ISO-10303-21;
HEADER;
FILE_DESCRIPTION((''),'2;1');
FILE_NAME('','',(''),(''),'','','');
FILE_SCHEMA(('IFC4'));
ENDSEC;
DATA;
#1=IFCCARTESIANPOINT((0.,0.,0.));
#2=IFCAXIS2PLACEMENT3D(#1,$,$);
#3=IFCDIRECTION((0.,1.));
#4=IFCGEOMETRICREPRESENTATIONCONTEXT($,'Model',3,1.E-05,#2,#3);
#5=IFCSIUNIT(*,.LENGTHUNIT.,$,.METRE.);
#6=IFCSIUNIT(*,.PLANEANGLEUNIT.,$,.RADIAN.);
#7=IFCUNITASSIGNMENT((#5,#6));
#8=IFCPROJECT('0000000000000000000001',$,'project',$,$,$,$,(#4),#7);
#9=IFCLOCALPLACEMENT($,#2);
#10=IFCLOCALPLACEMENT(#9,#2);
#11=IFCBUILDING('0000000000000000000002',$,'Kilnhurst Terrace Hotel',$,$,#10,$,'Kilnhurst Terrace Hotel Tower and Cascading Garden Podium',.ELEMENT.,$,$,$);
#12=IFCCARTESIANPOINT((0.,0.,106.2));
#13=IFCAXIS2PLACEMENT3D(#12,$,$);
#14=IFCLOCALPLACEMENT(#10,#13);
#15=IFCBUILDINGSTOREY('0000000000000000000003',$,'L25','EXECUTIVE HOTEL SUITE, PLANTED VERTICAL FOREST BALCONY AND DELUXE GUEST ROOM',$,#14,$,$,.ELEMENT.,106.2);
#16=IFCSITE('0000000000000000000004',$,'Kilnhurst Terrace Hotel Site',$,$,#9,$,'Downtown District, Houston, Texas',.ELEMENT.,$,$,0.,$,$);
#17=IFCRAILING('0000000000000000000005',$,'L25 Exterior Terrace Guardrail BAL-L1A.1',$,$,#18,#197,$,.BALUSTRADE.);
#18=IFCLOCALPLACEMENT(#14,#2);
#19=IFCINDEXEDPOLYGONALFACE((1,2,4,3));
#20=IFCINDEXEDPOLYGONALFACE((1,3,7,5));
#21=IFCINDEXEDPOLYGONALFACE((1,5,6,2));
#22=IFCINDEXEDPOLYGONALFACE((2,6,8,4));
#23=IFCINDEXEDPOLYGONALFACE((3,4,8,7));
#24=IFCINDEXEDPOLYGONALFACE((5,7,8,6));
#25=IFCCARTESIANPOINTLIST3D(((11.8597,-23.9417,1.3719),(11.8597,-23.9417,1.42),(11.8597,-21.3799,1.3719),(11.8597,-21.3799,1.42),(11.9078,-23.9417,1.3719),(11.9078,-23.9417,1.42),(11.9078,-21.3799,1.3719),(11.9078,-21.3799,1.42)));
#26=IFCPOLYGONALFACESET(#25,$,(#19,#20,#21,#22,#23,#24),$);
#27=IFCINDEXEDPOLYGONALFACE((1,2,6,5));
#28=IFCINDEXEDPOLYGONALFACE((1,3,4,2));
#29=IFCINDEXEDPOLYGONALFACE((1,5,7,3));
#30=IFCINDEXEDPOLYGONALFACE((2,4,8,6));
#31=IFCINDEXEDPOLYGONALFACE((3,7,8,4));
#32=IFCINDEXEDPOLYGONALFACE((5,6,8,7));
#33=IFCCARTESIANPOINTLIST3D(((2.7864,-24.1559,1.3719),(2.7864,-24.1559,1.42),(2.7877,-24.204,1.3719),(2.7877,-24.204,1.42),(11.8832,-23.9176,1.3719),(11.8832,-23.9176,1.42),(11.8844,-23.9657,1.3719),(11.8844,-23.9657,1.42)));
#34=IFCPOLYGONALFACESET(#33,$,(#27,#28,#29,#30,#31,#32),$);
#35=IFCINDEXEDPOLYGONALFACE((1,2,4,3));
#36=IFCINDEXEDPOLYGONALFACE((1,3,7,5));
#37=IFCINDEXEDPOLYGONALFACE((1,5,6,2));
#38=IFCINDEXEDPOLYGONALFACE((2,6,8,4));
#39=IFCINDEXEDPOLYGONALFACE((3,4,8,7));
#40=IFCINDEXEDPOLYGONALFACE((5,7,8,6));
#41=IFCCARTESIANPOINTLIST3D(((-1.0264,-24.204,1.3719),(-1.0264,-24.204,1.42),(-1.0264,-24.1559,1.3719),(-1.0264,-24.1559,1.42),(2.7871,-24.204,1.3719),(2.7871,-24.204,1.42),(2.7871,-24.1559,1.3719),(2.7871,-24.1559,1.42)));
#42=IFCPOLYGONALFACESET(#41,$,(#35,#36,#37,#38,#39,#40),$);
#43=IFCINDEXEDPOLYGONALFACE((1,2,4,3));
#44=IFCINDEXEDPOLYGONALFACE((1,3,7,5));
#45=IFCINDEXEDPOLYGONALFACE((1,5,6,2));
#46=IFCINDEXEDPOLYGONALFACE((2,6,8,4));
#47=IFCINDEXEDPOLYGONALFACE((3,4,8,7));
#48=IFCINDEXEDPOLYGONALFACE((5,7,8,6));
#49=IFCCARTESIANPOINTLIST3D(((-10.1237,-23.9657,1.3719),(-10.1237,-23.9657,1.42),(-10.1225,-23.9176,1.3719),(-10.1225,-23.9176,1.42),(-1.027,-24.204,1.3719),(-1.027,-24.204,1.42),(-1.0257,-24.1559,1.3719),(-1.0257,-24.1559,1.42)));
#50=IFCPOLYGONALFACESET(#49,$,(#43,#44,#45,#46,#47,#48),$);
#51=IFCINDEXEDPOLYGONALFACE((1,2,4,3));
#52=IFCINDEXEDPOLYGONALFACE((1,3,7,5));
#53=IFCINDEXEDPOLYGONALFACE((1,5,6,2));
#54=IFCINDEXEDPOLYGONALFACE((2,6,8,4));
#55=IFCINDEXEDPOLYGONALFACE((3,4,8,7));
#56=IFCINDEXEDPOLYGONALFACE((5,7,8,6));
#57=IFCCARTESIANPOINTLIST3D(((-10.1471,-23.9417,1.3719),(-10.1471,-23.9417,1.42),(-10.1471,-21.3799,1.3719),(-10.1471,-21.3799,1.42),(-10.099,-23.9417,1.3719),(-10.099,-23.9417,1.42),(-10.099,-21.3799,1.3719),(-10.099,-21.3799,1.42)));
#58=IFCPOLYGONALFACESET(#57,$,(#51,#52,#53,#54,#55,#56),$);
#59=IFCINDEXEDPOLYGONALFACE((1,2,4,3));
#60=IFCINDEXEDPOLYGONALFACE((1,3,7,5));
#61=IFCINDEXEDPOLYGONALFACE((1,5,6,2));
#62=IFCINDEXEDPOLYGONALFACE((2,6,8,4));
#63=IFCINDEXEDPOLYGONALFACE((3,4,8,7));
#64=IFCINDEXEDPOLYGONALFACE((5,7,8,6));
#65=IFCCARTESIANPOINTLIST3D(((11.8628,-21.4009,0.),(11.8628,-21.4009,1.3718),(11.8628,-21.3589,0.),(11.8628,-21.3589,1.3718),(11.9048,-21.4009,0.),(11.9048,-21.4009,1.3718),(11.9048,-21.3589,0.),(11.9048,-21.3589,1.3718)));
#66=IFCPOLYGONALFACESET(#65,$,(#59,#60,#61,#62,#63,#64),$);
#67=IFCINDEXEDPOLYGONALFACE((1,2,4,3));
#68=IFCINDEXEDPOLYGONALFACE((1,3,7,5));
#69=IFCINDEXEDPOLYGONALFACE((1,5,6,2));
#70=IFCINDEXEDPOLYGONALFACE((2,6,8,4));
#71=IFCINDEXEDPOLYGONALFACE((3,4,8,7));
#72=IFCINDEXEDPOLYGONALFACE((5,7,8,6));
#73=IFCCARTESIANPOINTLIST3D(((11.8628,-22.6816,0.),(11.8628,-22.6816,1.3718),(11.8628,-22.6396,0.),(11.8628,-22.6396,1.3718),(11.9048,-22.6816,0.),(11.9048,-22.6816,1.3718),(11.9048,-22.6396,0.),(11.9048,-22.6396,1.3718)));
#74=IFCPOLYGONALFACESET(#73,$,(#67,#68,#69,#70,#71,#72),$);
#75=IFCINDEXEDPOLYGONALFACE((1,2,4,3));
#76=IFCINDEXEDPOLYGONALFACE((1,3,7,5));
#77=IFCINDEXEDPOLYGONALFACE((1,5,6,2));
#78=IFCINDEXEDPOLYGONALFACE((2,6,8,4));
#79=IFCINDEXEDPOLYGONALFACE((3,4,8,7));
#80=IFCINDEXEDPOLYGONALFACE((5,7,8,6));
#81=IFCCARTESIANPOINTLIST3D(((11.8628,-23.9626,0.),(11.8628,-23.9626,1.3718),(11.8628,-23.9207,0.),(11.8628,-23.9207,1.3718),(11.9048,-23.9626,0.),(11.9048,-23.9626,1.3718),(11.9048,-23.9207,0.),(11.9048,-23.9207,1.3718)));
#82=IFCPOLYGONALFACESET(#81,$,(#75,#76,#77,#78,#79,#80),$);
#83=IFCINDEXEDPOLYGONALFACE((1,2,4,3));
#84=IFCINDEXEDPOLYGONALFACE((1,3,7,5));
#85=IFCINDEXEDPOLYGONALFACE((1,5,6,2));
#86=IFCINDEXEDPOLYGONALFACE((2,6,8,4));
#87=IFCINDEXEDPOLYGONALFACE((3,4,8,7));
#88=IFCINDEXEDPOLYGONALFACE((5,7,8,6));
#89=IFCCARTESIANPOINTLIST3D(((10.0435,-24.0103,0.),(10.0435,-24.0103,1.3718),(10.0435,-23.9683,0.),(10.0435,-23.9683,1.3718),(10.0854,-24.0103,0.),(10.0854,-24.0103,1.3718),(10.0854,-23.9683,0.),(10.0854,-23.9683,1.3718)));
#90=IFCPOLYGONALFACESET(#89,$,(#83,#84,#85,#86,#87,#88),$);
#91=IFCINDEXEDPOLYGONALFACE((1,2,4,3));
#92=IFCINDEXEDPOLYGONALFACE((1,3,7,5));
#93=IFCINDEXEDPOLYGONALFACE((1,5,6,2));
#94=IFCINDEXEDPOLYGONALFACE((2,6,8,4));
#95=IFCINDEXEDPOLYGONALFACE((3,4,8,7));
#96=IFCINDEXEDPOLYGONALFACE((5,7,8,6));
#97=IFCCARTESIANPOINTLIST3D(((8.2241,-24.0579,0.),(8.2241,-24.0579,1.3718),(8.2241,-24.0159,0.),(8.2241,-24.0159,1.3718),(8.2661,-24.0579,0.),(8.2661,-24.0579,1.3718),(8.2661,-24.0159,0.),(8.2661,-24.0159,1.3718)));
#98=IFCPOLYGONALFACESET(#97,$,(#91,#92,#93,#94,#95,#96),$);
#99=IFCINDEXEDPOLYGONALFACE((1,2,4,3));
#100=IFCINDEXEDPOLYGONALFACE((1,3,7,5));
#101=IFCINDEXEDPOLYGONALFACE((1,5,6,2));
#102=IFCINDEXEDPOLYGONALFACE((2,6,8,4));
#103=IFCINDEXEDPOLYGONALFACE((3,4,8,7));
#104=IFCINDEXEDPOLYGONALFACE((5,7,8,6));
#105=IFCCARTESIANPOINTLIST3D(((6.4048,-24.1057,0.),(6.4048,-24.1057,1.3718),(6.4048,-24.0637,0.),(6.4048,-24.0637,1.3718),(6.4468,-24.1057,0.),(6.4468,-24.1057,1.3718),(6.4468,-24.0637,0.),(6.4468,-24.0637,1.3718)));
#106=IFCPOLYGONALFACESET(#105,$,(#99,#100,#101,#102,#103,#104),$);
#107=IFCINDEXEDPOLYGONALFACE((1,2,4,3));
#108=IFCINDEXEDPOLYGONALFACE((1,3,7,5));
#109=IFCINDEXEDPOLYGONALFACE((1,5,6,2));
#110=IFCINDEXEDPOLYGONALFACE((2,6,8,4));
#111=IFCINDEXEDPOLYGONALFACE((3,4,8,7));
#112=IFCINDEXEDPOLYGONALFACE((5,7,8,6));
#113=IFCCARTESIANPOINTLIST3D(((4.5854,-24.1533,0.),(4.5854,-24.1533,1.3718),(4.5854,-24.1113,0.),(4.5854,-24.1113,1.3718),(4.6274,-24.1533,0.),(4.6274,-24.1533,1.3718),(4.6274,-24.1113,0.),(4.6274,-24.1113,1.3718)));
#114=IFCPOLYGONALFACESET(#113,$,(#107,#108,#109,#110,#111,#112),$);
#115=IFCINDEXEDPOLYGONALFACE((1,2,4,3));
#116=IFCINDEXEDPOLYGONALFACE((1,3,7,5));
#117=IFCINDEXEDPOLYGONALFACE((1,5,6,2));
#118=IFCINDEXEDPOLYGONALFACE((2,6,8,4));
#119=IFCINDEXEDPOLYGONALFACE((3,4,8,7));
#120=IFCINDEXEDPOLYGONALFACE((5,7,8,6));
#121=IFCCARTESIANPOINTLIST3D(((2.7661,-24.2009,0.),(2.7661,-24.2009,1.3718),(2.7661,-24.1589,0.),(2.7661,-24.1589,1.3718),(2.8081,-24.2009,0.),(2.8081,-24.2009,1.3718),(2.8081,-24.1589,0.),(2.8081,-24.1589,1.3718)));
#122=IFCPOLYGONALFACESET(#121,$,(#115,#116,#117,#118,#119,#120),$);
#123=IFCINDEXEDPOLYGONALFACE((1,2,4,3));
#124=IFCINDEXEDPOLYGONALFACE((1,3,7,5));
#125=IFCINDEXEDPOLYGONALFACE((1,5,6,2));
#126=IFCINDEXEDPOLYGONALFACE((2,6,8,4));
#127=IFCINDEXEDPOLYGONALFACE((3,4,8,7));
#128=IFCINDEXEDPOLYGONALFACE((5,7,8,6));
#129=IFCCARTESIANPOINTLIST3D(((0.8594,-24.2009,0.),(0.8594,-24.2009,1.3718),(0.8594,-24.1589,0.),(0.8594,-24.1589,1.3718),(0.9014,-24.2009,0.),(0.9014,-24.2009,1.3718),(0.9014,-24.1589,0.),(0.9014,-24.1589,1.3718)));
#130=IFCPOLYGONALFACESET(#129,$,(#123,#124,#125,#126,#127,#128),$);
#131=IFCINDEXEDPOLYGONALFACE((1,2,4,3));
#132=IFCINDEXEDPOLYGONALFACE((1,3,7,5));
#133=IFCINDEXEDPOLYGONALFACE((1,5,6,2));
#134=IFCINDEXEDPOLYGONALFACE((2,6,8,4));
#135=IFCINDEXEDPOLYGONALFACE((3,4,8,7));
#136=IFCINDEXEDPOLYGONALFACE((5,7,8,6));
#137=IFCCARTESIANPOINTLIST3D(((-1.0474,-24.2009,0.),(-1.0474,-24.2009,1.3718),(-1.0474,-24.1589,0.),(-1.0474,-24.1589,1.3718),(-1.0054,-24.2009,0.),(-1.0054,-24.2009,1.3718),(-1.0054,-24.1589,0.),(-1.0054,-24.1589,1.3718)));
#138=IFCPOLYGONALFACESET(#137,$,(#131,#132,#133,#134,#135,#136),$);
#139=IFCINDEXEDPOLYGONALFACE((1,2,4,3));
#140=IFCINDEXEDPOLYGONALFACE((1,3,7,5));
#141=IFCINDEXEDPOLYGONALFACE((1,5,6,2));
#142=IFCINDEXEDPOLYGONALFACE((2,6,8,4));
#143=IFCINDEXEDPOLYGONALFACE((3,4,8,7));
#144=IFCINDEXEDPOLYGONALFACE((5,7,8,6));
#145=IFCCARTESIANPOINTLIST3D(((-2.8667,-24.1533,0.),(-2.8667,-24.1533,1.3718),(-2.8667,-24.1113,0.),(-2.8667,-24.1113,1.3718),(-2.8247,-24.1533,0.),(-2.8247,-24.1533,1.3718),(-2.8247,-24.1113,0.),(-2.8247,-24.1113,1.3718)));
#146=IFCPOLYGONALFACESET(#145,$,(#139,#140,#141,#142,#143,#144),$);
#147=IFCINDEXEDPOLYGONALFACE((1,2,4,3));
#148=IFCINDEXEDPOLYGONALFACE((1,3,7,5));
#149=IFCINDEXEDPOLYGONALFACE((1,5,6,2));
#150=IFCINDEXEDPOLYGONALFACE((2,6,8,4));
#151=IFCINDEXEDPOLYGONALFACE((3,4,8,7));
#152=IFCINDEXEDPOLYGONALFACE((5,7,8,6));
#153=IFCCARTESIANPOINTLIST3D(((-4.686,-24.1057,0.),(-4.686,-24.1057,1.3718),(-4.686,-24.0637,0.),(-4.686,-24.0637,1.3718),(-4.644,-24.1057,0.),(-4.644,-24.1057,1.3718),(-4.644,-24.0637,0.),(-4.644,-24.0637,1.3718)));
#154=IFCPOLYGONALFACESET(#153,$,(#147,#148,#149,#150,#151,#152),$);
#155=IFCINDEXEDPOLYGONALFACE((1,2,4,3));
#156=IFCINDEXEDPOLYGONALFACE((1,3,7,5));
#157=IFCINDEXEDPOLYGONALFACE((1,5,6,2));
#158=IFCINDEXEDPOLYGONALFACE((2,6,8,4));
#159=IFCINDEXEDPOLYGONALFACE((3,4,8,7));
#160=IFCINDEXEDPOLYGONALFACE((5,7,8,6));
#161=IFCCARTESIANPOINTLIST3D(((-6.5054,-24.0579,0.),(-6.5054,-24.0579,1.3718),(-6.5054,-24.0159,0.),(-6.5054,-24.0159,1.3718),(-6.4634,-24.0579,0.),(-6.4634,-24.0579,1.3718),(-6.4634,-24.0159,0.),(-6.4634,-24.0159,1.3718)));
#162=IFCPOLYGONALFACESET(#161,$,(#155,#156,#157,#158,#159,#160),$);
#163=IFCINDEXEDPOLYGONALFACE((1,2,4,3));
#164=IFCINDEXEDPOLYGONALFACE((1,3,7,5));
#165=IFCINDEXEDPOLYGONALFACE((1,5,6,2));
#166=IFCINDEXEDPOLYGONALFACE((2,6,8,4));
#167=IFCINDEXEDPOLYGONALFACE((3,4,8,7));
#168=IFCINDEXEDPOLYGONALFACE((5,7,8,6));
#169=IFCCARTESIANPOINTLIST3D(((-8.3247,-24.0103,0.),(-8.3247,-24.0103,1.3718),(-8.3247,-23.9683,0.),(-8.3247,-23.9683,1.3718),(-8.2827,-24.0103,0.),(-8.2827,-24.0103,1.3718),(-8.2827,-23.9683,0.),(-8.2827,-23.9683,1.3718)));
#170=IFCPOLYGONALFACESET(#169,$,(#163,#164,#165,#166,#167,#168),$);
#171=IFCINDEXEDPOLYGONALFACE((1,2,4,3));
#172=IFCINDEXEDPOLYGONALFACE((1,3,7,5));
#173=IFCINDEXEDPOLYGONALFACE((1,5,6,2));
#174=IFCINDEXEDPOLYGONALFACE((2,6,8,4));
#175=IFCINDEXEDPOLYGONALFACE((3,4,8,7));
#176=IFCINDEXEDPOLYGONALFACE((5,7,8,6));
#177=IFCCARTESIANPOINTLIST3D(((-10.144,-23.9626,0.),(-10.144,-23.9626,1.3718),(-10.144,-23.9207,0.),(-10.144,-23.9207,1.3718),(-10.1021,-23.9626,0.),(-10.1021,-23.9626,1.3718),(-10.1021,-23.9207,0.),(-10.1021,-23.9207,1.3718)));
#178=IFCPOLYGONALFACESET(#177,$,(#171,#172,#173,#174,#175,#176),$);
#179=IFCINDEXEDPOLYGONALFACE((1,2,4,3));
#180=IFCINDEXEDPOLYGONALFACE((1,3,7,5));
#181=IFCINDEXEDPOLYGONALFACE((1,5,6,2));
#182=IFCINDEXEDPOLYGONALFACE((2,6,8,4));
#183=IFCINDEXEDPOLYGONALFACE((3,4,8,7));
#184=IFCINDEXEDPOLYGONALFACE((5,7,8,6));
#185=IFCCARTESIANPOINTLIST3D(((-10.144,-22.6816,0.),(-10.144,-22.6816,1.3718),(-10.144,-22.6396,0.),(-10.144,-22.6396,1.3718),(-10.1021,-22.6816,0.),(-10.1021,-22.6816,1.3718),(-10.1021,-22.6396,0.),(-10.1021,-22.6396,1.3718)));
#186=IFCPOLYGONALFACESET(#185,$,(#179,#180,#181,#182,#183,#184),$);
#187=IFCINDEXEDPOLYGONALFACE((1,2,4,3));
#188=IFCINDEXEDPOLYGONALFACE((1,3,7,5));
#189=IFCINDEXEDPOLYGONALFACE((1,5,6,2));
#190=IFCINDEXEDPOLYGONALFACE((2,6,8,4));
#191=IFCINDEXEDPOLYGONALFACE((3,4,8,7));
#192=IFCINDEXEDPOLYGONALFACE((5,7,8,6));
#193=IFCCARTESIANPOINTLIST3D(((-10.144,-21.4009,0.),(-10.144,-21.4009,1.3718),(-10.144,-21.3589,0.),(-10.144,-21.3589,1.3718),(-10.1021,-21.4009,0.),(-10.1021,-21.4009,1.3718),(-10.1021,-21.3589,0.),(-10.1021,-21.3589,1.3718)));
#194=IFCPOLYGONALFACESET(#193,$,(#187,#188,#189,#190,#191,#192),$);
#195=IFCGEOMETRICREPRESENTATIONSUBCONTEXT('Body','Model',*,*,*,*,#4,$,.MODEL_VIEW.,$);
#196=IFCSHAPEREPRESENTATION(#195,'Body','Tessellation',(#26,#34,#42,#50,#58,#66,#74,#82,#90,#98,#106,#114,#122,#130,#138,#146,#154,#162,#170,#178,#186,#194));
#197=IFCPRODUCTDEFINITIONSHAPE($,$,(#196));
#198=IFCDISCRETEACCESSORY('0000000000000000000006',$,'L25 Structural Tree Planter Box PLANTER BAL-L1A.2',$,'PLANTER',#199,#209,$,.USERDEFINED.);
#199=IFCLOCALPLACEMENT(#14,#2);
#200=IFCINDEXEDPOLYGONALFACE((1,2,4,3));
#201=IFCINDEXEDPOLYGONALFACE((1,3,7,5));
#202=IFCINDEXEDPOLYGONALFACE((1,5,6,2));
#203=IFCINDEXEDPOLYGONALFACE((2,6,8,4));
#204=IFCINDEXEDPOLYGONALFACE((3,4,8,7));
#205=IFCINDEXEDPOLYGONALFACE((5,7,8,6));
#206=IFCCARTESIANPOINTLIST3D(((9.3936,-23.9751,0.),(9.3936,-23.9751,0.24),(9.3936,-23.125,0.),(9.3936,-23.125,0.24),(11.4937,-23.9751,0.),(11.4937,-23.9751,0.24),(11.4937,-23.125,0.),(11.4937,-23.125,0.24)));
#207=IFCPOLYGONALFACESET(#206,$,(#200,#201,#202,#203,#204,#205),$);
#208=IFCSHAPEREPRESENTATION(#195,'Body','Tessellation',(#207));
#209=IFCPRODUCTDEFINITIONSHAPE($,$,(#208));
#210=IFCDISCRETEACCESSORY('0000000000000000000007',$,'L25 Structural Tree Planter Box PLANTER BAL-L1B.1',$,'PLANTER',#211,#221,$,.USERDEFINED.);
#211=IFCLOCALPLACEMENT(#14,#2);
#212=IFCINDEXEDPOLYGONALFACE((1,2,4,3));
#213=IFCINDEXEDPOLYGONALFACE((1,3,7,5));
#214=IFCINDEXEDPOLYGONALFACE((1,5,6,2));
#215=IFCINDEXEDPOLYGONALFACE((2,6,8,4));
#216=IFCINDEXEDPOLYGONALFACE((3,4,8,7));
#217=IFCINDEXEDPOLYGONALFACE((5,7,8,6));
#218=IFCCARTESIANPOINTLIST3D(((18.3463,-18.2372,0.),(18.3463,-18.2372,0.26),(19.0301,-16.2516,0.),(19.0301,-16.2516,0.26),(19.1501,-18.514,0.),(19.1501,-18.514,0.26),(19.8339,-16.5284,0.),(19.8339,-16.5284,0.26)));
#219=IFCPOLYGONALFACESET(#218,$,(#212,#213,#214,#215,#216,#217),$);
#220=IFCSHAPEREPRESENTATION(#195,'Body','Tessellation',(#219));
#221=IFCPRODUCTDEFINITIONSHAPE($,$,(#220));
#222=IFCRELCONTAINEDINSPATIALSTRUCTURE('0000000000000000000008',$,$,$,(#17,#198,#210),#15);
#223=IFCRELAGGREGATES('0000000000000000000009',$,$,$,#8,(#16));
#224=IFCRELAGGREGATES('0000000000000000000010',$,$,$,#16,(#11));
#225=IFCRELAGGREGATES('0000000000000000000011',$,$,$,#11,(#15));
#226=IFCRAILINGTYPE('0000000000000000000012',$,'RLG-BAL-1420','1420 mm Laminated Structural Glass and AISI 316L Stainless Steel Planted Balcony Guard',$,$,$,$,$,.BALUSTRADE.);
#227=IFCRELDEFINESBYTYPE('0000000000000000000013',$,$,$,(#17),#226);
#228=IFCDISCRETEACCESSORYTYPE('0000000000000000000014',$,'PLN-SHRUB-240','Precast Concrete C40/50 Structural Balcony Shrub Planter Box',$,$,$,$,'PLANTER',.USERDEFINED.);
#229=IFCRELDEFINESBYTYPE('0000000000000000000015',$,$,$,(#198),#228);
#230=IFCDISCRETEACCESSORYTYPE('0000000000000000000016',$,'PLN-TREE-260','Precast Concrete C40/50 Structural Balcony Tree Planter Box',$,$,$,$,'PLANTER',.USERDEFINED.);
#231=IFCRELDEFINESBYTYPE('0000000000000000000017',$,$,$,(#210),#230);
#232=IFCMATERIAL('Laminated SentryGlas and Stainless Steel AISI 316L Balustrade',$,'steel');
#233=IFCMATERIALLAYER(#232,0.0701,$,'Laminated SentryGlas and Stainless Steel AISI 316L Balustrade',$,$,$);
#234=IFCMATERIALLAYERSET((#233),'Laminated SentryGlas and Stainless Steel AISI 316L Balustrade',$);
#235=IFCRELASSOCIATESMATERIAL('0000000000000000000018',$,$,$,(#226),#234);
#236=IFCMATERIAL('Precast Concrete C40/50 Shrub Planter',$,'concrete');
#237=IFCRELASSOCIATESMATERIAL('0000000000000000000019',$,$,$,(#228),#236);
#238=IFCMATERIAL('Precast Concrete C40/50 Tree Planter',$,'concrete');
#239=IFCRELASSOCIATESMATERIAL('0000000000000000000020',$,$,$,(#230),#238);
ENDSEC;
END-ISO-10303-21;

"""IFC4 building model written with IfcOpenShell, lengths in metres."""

from ifc_helpers import new_model, si_unit, direction, frame, origin, origin_2d, place, context, subcontext, project, spatial, rectangle, extrude, material, layer, layer_set, type_object, element, save


model = new_model("IFC4")

# Units and contexts
model_context = context("Model", 3, precision=1e-05, world=origin(), true_north=direction((0.0, 1.0)))
body_context = subcontext(model_context, "Body", "Model", "MODEL_VIEW")
ifc_project = project(units=[si_unit("LENGTHUNIT", "METRE"), si_unit("PLANEANGLEUNIT", "RADIAN")], contexts=[model_context])

# Site, building, storey
site_placement = place(None, origin())
site = spatial("IfcSite", under=ifc_project, at=site_placement, Name="Kilnhurst Terrace Hotel Site", LongName="Downtown District, Houston, Texas", CompositionType="ELEMENT", RefElevation=0.0)
building_placement = place(site_placement, origin())
building = spatial("IfcBuilding", under=site, at=building_placement, Name="Kilnhurst Terrace Hotel", LongName="Kilnhurst Terrace Hotel Tower and Cascading Garden Podium", CompositionType="ELEMENT")
storey_placement = place(building_placement, frame((0.0, 0.0, 106.2)))
storey = spatial("IfcBuildingStorey", under=building, at=storey_placement, Name="L25", Description="EXECUTIVE HOTEL SUITE, PLANTED VERTICAL FOREST BALCONY AND DELUXE GUEST ROOM", CompositionType="ELEMENT", Elevation=106.2)

# Railing
ifc_material_1 = material(Name="Laminated SentryGlas and Stainless Steel AISI 316L Balustrade", Category="steel")
ifc_layer_1 = layer(ifc_material_1, 0.0701, Name="Laminated SentryGlas and Stainless Steel AISI 316L Balustrade")
ifc_layer_set_1 = layer_set([ifc_layer_1], Name="Laminated SentryGlas and Stainless Steel AISI 316L Balustrade")
railing_type = type_object("IfcRailingType", Name="RLG-BAL-1420", Description="1420 mm Laminated Structural Glass and AISI 316L Stainless Steel Planted Balcony Guard", PredefinedType="BALUSTRADE", material=ifc_layer_set_1)
railing_placement = place(storey_placement, frame((11.8838, -21.3799, 0.0)))
element("IfcRailing", 1, at=railing_placement, inside=storey, type_object=railing_type, Name="L25 Exterior Terrace Guardrail BAL-L1A.1", PredefinedType="BALUSTRADE", context=body_context, shape_type="SweptSolid", body=[
    extrude(rectangle(XDim=0.0481, YDim=0.0481, at=origin_2d()), frame((0.0, 0.0, 1.396), z_axis=(0.0, -1.0, 0.0), x_axis=(1.0, 0.0, 0.0)), (0.0, 0.0, 1.0), 2.5618),
    extrude(rectangle(XDim=0.0481, YDim=0.0481, at=origin_2d()), frame((0.0, -2.5618, 1.396), z_axis=(-0.999657, -0.026185, 0.0), x_axis=(0.026185, -0.999657, 0.0)), (0.0, 0.0, 1.0), 9.0999),
    extrude(rectangle(XDim=0.0481, YDim=0.0481, at=origin_2d()), frame((-9.0967, -2.8, 1.396), z_axis=(-1.0, 0.0, 0.0), x_axis=(0.0, -1.0, 0.0)), (0.0, 0.0, 1.0), 3.8135),
    extrude(rectangle(XDim=0.0481, YDim=0.0481, at=origin_2d()), frame((-12.9102, -2.8, 1.396), z_axis=(-0.999657, 0.026185, 0.0), x_axis=(-0.026185, -0.999657, 0.0)), (0.0, 0.0, 1.0), 9.0999),
    extrude(rectangle(XDim=0.0481, YDim=0.0481, at=origin_2d()), frame((-22.0068, -2.5618, 1.396), z_axis=(0.0, 1.0, 0.0), x_axis=(-1.0, 0.0, 0.0)), (0.0, 0.0, 1.0), 2.5618),
    extrude(rectangle(XDim=0.042, YDim=0.042, at=origin_2d()), origin(), (0.0, 0.0, 1.0), 1.3718),
    extrude(rectangle(XDim=0.042, YDim=0.042, at=origin_2d()), frame((0.0, -1.2808, 0.0)), (0.0, 0.0, 1.0), 1.3718),
    extrude(rectangle(XDim=0.042, YDim=0.042, at=origin_2d()), frame((0.0, -2.5618, 0.0)), (0.0, 0.0, 1.0), 1.3718),
    extrude(rectangle(XDim=0.042, YDim=0.042, at=origin_2d()), frame((-1.8193, -2.6094, 0.0)), (0.0, 0.0, 1.0), 1.3718),
    extrude(rectangle(XDim=0.042, YDim=0.042, at=origin_2d()), frame((-3.6387, -2.657, 0.0)), (0.0, 0.0, 1.0), 1.3718),
    extrude(rectangle(XDim=0.042, YDim=0.042, at=origin_2d()), frame((-5.458, -2.7048, 0.0)), (0.0, 0.0, 1.0), 1.3718),
    extrude(rectangle(XDim=0.042, YDim=0.042, at=origin_2d()), frame((-7.2773, -2.7524, 0.0)), (0.0, 0.0, 1.0), 1.3718),
    extrude(rectangle(XDim=0.042, YDim=0.042, at=origin_2d()), frame((-9.0967, -2.8, 0.0)), (0.0, 0.0, 1.0), 1.3718),
    extrude(rectangle(XDim=0.042, YDim=0.042, at=origin_2d()), frame((-11.0034, -2.8, 0.0)), (0.0, 0.0, 1.0), 1.3718),
    extrude(rectangle(XDim=0.042, YDim=0.042, at=origin_2d()), frame((-12.9102, -2.8, 0.0)), (0.0, 0.0, 1.0), 1.3718),
    extrude(rectangle(XDim=0.042, YDim=0.042, at=origin_2d()), frame((-14.7295, -2.7524, 0.0)), (0.0, 0.0, 1.0), 1.3718),
    extrude(rectangle(XDim=0.042, YDim=0.042, at=origin_2d()), frame((-16.5488, -2.7048, 0.0)), (0.0, 0.0, 1.0), 1.3718),
    extrude(rectangle(XDim=0.042, YDim=0.042, at=origin_2d()), frame((-18.3682, -2.657, 0.0)), (0.0, 0.0, 1.0), 1.3718),
    extrude(rectangle(XDim=0.042, YDim=0.042, at=origin_2d()), frame((-20.1875, -2.6094, 0.0)), (0.0, 0.0, 1.0), 1.3718),
    extrude(rectangle(XDim=0.042, YDim=0.042, at=origin_2d()), frame((-22.0068, -2.5618, 0.0)), (0.0, 0.0, 1.0), 1.3718),
    extrude(rectangle(XDim=0.042, YDim=0.042, at=origin_2d()), frame((-22.0068, -1.2808, 0.0)), (0.0, 0.0, 1.0), 1.3718),
    extrude(rectangle(XDim=0.042, YDim=0.042, at=origin_2d()), frame((-22.0068, 0.0, 0.0)), (0.0, 0.0, 1.0), 1.3718),
])

# Discrete accessories
ifc_material_2 = material(Name="Precast Concrete C40/50 Shrub Planter", Category="concrete")
discrete_accessory_type_1 = type_object("IfcDiscreteAccessoryType", Name="PLN-SHRUB-240", Description="Precast Concrete C40/50 Structural Balcony Shrub Planter Box", ElementType="PLANTER", PredefinedType="USERDEFINED", material=ifc_material_2)
discrete_accessory_1_placement = place(storey_placement, frame((10.4436, -23.55, 0.0), z_axis=(0.0, 0.0, 1.0), x_axis=(1.0, 0.0, 0.0)))
element("IfcDiscreteAccessory", 2, at=discrete_accessory_1_placement, inside=storey, type_object=discrete_accessory_type_1, Name="L25 Structural Tree Planter Box PLANTER BAL-L1A.2", ObjectType="PLANTER", PredefinedType="USERDEFINED", context=body_context, shape_type="SweptSolid", body=[
    extrude(rectangle(XDim=2.1001, YDim=0.8501, at=origin_2d()), origin(), (0.0, 0.0, 1.0), 0.24),
])
ifc_material_3 = material(Name="Precast Concrete C40/50 Tree Planter", Category="concrete")
discrete_accessory_type_2 = type_object("IfcDiscreteAccessoryType", Name="PLN-TREE-260", Description="Precast Concrete C40/50 Structural Balcony Tree Planter Box", ElementType="PLANTER", PredefinedType="USERDEFINED", material=ifc_material_3)
discrete_accessory_2_placement = place(storey_placement, frame((19.0901, -17.3828, 0.0), z_axis=(0.0, 0.0, 1.0), x_axis=(0.325601, 0.945507, 0.0)))
element("IfcDiscreteAccessory", 3, at=discrete_accessory_2_placement, inside=storey, type_object=discrete_accessory_type_2, Name="L25 Structural Tree Planter Box PLANTER BAL-L1B.1", ObjectType="PLANTER", PredefinedType="USERDEFINED", context=body_context, shape_type="SweptSolid", body=[
    extrude(rectangle(XDim=2.1001, YDim=0.8501, at=origin_2d()), origin(), (0.0, 0.0, 1.0), 0.26),
])

save(model, "model.ifc")
